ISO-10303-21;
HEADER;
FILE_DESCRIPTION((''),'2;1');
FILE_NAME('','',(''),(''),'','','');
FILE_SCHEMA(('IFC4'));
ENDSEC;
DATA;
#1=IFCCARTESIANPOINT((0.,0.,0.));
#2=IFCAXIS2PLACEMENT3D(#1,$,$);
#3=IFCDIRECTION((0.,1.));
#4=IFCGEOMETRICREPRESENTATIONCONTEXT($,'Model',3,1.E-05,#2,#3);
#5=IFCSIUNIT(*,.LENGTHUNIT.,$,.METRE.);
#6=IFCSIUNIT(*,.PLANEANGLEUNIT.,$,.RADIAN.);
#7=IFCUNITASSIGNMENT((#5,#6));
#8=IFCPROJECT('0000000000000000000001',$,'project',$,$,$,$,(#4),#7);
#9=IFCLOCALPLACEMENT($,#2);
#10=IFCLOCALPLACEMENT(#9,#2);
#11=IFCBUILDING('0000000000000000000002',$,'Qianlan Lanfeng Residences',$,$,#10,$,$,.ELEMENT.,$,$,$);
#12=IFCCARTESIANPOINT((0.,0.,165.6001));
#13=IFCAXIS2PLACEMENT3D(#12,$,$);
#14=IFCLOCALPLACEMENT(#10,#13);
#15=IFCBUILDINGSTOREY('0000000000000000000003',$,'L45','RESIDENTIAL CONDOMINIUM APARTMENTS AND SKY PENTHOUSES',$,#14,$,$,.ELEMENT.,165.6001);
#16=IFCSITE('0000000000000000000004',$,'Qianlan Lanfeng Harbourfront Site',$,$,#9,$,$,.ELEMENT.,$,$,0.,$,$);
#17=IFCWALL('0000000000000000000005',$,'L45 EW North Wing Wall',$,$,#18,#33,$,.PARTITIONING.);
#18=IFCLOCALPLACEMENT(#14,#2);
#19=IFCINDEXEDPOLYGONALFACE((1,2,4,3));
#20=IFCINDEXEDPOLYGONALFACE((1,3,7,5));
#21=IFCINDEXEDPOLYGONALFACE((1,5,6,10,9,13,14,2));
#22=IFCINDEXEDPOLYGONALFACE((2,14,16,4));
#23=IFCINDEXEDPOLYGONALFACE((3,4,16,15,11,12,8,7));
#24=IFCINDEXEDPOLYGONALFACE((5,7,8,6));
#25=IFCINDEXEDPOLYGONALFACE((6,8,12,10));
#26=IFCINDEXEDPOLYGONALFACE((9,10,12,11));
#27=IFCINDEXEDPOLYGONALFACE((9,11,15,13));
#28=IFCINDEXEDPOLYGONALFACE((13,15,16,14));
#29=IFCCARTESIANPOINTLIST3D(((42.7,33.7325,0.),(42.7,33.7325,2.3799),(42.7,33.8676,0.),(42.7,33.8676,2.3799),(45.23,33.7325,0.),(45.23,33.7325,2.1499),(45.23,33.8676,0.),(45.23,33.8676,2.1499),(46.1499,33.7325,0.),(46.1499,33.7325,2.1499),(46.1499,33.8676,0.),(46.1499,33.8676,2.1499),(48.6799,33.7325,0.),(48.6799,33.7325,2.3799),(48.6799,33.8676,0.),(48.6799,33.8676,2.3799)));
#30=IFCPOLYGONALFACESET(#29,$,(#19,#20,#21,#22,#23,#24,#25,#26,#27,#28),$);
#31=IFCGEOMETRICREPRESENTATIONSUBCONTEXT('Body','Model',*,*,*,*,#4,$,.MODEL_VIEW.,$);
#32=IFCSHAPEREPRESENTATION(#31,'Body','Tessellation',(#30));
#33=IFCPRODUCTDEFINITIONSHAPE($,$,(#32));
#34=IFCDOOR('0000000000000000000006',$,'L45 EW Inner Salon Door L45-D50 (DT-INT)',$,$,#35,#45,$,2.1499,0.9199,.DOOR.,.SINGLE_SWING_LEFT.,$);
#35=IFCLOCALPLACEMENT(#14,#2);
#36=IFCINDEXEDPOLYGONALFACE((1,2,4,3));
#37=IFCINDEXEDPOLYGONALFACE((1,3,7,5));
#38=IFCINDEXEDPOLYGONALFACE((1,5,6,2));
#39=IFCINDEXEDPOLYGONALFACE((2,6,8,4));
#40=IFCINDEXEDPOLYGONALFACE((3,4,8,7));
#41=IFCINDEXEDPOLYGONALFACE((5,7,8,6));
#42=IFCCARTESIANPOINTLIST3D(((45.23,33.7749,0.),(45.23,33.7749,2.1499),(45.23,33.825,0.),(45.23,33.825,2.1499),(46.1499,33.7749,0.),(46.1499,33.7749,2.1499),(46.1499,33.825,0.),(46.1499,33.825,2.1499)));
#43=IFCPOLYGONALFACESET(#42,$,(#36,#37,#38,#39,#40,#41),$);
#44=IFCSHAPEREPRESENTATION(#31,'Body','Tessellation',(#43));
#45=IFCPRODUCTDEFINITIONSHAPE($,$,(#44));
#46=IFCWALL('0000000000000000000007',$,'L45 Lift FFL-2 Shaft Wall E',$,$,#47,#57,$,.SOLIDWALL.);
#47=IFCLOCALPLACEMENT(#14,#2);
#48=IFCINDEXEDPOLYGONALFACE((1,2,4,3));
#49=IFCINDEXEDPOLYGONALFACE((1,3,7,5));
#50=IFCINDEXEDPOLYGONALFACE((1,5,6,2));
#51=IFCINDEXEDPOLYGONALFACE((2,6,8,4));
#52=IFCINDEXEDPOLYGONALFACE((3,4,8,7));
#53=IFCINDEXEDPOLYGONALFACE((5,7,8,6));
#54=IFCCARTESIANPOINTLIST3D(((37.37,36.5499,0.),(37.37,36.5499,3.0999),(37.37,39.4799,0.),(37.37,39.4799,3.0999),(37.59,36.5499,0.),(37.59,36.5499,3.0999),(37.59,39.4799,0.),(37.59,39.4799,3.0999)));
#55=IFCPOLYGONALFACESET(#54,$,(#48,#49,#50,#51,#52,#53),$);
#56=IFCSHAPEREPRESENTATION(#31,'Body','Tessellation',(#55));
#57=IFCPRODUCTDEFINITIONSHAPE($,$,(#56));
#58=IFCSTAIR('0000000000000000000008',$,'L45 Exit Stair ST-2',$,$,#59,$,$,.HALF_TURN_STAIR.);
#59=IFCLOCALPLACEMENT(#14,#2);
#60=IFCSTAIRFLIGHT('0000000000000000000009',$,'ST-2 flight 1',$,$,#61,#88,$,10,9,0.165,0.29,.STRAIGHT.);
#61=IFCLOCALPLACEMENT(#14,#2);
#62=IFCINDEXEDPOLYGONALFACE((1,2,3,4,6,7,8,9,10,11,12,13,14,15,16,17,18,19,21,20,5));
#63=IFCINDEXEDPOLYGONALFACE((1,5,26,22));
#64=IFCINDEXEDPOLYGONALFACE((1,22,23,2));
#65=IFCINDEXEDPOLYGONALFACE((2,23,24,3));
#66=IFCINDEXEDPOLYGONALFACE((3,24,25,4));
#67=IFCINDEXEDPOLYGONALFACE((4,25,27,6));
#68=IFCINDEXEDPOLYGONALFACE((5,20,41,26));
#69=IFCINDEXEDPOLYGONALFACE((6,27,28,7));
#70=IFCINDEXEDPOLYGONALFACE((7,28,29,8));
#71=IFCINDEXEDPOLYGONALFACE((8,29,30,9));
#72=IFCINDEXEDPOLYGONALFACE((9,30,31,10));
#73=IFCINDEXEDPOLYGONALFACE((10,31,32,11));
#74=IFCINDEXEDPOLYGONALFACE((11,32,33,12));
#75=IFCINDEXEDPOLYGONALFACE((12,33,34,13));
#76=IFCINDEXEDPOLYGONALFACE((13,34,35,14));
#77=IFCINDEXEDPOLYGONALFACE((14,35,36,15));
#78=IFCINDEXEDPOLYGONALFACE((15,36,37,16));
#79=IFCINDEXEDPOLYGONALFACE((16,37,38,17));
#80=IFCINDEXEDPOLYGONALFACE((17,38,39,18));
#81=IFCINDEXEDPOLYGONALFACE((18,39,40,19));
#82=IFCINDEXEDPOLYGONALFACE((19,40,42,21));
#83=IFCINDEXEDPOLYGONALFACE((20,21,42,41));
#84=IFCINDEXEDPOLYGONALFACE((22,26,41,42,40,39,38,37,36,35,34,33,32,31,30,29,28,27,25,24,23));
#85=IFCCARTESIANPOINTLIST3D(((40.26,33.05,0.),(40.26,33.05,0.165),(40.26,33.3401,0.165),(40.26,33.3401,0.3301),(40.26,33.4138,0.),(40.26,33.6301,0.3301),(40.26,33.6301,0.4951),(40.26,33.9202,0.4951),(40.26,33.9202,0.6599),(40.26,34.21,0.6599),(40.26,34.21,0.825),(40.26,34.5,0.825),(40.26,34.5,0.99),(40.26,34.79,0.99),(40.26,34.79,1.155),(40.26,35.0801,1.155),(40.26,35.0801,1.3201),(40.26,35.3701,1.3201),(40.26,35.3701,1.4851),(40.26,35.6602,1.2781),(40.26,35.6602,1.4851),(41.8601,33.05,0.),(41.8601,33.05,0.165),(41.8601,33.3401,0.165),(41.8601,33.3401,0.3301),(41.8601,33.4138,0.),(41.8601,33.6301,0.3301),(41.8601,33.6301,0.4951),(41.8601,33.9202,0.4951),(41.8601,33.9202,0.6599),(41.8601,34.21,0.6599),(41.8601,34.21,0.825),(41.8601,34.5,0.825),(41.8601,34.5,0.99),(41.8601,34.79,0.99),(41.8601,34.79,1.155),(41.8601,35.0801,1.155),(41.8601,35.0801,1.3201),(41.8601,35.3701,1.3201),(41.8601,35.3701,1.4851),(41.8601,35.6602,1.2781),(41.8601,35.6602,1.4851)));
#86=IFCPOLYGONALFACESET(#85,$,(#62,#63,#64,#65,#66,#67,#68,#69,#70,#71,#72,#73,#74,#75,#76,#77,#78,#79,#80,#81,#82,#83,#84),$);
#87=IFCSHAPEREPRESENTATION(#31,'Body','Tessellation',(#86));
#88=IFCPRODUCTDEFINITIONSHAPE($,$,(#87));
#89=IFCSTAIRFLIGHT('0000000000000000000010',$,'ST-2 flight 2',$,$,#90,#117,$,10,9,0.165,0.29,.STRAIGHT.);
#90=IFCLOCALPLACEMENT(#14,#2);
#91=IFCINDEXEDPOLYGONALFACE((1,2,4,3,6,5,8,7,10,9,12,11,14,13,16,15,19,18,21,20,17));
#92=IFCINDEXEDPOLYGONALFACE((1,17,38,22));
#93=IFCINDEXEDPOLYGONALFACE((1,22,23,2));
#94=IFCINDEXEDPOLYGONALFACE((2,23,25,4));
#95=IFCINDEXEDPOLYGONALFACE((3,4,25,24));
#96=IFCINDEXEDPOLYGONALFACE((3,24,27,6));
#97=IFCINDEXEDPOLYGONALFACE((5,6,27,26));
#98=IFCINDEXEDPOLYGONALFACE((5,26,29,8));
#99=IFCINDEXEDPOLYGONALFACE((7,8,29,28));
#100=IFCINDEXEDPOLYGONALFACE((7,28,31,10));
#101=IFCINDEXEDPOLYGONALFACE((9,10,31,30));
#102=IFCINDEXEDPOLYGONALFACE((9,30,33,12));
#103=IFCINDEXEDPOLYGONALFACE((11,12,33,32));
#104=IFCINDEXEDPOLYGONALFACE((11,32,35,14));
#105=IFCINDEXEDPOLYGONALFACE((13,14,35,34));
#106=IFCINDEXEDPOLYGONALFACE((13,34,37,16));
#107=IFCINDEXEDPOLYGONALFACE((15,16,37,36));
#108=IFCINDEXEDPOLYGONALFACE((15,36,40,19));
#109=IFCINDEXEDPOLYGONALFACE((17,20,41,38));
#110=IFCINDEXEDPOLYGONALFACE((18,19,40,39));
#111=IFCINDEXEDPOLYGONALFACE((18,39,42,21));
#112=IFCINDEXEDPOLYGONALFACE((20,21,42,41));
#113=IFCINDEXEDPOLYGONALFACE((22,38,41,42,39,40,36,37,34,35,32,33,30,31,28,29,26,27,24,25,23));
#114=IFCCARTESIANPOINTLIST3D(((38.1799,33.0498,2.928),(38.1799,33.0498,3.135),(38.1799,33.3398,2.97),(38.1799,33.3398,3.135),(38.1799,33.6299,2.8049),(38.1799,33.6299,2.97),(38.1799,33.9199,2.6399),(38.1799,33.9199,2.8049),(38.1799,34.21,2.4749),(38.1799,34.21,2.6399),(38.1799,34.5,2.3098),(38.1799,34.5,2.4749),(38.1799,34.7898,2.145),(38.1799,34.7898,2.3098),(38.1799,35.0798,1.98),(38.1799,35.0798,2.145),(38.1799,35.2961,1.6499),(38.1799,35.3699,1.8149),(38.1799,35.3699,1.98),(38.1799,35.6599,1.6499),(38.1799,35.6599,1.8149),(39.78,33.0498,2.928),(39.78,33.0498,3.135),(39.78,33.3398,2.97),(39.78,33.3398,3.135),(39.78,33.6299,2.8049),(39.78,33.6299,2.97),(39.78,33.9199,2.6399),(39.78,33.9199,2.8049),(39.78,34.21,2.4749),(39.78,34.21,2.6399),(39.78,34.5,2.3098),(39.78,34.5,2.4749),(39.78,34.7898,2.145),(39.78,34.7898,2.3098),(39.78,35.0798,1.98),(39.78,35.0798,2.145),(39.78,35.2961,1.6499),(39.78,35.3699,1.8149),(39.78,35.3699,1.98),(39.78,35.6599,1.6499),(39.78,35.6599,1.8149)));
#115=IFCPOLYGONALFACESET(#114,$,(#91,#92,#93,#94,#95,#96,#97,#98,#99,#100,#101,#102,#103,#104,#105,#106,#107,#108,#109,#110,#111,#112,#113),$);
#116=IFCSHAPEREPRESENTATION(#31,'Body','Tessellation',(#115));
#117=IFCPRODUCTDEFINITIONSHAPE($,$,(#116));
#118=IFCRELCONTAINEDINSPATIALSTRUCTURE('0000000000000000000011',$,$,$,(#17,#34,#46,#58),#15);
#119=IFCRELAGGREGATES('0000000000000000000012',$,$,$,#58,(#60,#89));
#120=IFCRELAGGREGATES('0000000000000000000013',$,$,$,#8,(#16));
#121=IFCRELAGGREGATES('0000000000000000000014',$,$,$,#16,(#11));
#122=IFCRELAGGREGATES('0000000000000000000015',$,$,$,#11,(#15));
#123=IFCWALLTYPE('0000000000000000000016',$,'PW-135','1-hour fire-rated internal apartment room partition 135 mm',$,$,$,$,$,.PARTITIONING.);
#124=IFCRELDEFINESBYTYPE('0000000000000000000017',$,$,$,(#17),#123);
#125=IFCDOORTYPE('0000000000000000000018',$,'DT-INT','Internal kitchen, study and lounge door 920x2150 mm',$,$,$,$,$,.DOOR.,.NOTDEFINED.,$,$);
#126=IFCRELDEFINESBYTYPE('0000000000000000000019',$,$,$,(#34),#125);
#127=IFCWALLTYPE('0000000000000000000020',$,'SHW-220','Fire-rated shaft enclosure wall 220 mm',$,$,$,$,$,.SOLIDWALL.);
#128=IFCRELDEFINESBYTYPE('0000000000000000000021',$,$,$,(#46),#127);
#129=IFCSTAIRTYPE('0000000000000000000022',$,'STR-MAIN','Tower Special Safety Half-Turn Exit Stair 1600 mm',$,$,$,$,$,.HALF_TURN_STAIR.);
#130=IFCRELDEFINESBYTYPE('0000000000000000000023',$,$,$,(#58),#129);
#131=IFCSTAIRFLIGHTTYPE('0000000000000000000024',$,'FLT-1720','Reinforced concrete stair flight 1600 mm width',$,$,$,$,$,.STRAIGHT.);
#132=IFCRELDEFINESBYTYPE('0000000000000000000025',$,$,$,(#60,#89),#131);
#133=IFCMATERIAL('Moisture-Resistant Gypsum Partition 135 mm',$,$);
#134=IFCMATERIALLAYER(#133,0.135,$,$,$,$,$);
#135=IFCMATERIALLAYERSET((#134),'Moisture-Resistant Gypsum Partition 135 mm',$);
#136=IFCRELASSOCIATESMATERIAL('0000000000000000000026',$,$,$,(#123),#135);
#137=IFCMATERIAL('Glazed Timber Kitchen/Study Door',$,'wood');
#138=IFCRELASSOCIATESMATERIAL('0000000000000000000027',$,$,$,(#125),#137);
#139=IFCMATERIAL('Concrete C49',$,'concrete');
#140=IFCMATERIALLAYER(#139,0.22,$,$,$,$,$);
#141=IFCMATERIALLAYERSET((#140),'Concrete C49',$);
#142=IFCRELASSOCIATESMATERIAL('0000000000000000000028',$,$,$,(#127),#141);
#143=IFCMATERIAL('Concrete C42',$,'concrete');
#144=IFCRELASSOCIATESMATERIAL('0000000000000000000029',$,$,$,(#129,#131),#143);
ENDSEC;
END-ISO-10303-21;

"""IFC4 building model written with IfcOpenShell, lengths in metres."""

from ifc_helpers import new_model, si_unit, direction, frame, frame_2d, origin, place, context, subcontext, project, spatial, polyline, rectangle, outline, extrude, material, layer, layer_set, type_object, element, fill, aggregate, save


model = new_model("IFC4")

# Units and contexts
model_context = context("Model", 3, precision=1e-05, world=origin(), true_north=direction((0.0, 1.0)))
body_context = subcontext(model_context, "Body", "Model", "MODEL_VIEW")
ifc_project = project(units=[si_unit("LENGTHUNIT", "METRE"), si_unit("PLANEANGLEUNIT", "RADIAN")], contexts=[model_context])

# Site, building, storey
site_placement = place(None, origin())
site = spatial("IfcSite", under=ifc_project, at=site_placement, Name="Qianlan Lanfeng Harbourfront Site", CompositionType="ELEMENT", RefElevation=0.0)
building_placement = place(site_placement, origin())
building = spatial("IfcBuilding", under=site, at=building_placement, Name="Qianlan Lanfeng Residences", CompositionType="ELEMENT")
storey_placement = place(building_placement, frame((0.0, 0.0, 165.6001)))
storey = spatial("IfcBuildingStorey", under=building, at=storey_placement, Name="L45", Description="RESIDENTIAL CONDOMINIUM APARTMENTS AND SKY PENTHOUSES", CompositionType="ELEMENT", Elevation=165.6001)

# Shared definitions
ifc_material_1 = material(Name="Concrete C42", Category="concrete")

# Wall, opening, door
ifc_material_2 = material(Name="Moisture-Resistant Gypsum Partition 135 mm")
ifc_layer_1 = layer(ifc_material_2, 0.135)
ifc_layer_set_1 = layer_set([ifc_layer_1], Name="Moisture-Resistant Gypsum Partition 135 mm")
wall_type_1 = type_object("IfcWallType", Name="PW-135", Description="1-hour fire-rated internal apartment room partition 135 mm", PredefinedType="PARTITIONING", material=ifc_layer_set_1)
wall_1_placement = place(storey_placement, frame((42.7, 33.8, 0.0), z_axis=(0.0, 0.0, 1.0), x_axis=(1.0, 0.0, 0.0)))
wall_1 = element("IfcWall", 1, at=wall_1_placement, inside=storey, type_object=wall_type_1, Name="L45 EW North Wing Wall", PredefinedType="PARTITIONING", context=body_context, shape_type="SweptSolid", body=[
    extrude(rectangle(XDim=5.98, YDim=0.135, at=frame_2d((2.99, 0.0))), origin(), (0.0, 0.0, 1.0), 2.3799),
])
opening_1_placement = place(wall_1_placement, frame((2.53, 0.0, 0.0)))
opening_1 = element("IfcOpeningElement", 2, at=opening_1_placement, cuts=wall_1, PredefinedType="OPENING", context=body_context, shape_type="SweptSolid", body=[
    extrude(rectangle(XDim=0.9199, YDim=2.1499, at=frame_2d((0.46, 1.075))), frame((0.0, 0.0776, 0.0), z_axis=(0.0, -1.0, 0.0), x_axis=(1.0, 0.0, 0.0)), (0.0, 0.0, 1.0), 0.155),
])
ifc_material_3 = material(Name="Glazed Timber Kitchen/Study Door", Category="wood")
door_type_1 = type_object("IfcDoorType", Name="DT-INT", Description="Internal kitchen, study and lounge door 920x2150 mm", OperationType="NOTDEFINED", PredefinedType="DOOR", material=ifc_material_3)
door_1_placement = place(opening_1_placement, origin())
door_1 = element("IfcDoor", 3, at=door_1_placement, inside=storey, type_object=door_type_1, Name="L45 EW Inner Salon Door L45-D50 (DT-INT)", OperationType="SINGLE_SWING_LEFT", OverallHeight=2.1499, OverallWidth=0.9199, PredefinedType="DOOR", context=body_context, shape_type="SweptSolid", body=[
    extrude(rectangle(XDim=0.9199, YDim=2.1499, at=frame_2d((0.46, 1.075))), frame((0.0, 0.0249, 0.0), z_axis=(0.0, -1.0, 0.0), x_axis=(1.0, 0.0, 0.0)), (0.0, 0.0, 1.0), 0.05),
])
fill(opening_1, door_1)

# Wall
ifc_material_4 = material(Name="Concrete C49", Category="concrete")
ifc_layer_2 = layer(ifc_material_4, 0.22)
ifc_layer_set_2 = layer_set([ifc_layer_2], Name="Concrete C49")
wall_type_2 = type_object("IfcWallType", Name="SHW-220", Description="Fire-rated shaft enclosure wall 220 mm", PredefinedType="SOLIDWALL", material=ifc_layer_set_2)
wall_2_placement = place(storey_placement, frame((37.48, 36.55, 0.0), z_axis=(0.0, 0.0, 1.0), x_axis=(0.0, 1.0, 0.0)))
element("IfcWall", 4, at=wall_2_placement, inside=storey, type_object=wall_type_2, Name="L45 Lift FFL-2 Shaft Wall E", PredefinedType="SOLIDWALL", context=body_context, shape_type="SweptSolid", body=[
    extrude(rectangle(XDim=2.9299, YDim=0.22, at=frame_2d((1.4648, 0.0))), origin(), (0.0, 0.0, 1.0), 3.0999),
])

# Stair, stair flights
stair_type = type_object("IfcStairType", Name="STR-MAIN", Description="Tower Special Safety Half-Turn Exit Stair 1600 mm", PredefinedType="HALF_TURN_STAIR", material=ifc_material_1)
stair_placement = place(storey_placement, origin())
stair = element("IfcStair", 5, at=stair_placement, inside=storey, type_object=stair_type, Name="L45 Exit Stair ST-2", PredefinedType="HALF_TURN_STAIR")
stair_flight_type = type_object("IfcStairFlightType", Name="FLT-1720", Description="Reinforced concrete stair flight 1600 mm width", PredefinedType="STRAIGHT", material=ifc_material_1)
stair_flight_1_placement = place(storey_placement, frame((41.0601, 33.05, 0.0), z_axis=(0.0, 0.0, 1.0), x_axis=(0.0, 1.0, 0.0)))
stair_flight_1 = element("IfcStairFlight", 6, at=stair_flight_1_placement, type_object=stair_flight_type, Name="ST-2 flight 1", NumberOfRisers=10, NumberOfTreads=9, PredefinedType="STRAIGHT", RiserHeight=0.165, TreadLength=0.29, context=body_context, shape_type="SweptSolid", body=[
    extrude(outline(polyline([(0.0, 0.0), (0.0, 0.165), (0.29, 0.165), (0.29, 0.3301), (0.5801, 0.3301), (0.5801, 0.4951), (0.8701, 0.4951), (0.8701, 0.6599), (1.1599, 0.6599), (1.1599, 0.825), (1.45, 0.825), (1.45, 0.99), (1.74, 0.99), (1.74, 1.155), (2.03, 1.155), (2.03, 1.3201), (2.3201, 1.3201), (2.3201, 1.4851), (2.6101, 1.4851), (2.6101, 1.6499), (2.6101, 1.2781), (0.3638, 0.0), (0.0, 0.0)])), frame((0.0, 0.8, 0.0), z_axis=(0.0, -1.0, 0.0), x_axis=(1.0, 0.0, 0.0)), (0.0, 0.0, 1.0), 1.6001),
])
stair_flight_2_placement = place(storey_placement, frame((38.98, 35.6599, 1.6499), z_axis=(0.0, 0.0, 1.0), x_axis=(0.0, -1.0, 0.0)))
stair_flight_2 = element("IfcStairFlight", 7, at=stair_flight_2_placement, type_object=stair_flight_type, Name="ST-2 flight 2", NumberOfRisers=10, NumberOfTreads=9, PredefinedType="STRAIGHT", RiserHeight=0.165, TreadLength=0.29, context=body_context, shape_type="SweptSolid", body=[
    extrude(outline(polyline([(0.0, 0.0), (0.0, 0.165), (0.29, 0.165), (0.29, 0.3301), (0.5801, 0.3301), (0.5801, 0.4951), (0.8701, 0.4951), (0.8701, 0.6599), (1.1599, 0.6599), (1.1599, 0.825), (1.45, 0.825), (1.45, 0.99), (1.74, 0.99), (1.74, 1.155), (2.03, 1.155), (2.03, 1.3201), (2.3201, 1.3201), (2.3201, 1.4851), (2.6101, 1.4851), (2.6101, 1.6499), (2.6101, 1.2781), (0.3638, 0.0), (0.0, 0.0)])), frame((0.0, 0.8, 0.0), z_axis=(0.0, -1.0, 0.0), x_axis=(1.0, 0.0, 0.0)), (0.0, 0.0, 1.0), 1.6001),
])
aggregate(stair, [stair_flight_1, stair_flight_2])

save(model, "model.ifc")
